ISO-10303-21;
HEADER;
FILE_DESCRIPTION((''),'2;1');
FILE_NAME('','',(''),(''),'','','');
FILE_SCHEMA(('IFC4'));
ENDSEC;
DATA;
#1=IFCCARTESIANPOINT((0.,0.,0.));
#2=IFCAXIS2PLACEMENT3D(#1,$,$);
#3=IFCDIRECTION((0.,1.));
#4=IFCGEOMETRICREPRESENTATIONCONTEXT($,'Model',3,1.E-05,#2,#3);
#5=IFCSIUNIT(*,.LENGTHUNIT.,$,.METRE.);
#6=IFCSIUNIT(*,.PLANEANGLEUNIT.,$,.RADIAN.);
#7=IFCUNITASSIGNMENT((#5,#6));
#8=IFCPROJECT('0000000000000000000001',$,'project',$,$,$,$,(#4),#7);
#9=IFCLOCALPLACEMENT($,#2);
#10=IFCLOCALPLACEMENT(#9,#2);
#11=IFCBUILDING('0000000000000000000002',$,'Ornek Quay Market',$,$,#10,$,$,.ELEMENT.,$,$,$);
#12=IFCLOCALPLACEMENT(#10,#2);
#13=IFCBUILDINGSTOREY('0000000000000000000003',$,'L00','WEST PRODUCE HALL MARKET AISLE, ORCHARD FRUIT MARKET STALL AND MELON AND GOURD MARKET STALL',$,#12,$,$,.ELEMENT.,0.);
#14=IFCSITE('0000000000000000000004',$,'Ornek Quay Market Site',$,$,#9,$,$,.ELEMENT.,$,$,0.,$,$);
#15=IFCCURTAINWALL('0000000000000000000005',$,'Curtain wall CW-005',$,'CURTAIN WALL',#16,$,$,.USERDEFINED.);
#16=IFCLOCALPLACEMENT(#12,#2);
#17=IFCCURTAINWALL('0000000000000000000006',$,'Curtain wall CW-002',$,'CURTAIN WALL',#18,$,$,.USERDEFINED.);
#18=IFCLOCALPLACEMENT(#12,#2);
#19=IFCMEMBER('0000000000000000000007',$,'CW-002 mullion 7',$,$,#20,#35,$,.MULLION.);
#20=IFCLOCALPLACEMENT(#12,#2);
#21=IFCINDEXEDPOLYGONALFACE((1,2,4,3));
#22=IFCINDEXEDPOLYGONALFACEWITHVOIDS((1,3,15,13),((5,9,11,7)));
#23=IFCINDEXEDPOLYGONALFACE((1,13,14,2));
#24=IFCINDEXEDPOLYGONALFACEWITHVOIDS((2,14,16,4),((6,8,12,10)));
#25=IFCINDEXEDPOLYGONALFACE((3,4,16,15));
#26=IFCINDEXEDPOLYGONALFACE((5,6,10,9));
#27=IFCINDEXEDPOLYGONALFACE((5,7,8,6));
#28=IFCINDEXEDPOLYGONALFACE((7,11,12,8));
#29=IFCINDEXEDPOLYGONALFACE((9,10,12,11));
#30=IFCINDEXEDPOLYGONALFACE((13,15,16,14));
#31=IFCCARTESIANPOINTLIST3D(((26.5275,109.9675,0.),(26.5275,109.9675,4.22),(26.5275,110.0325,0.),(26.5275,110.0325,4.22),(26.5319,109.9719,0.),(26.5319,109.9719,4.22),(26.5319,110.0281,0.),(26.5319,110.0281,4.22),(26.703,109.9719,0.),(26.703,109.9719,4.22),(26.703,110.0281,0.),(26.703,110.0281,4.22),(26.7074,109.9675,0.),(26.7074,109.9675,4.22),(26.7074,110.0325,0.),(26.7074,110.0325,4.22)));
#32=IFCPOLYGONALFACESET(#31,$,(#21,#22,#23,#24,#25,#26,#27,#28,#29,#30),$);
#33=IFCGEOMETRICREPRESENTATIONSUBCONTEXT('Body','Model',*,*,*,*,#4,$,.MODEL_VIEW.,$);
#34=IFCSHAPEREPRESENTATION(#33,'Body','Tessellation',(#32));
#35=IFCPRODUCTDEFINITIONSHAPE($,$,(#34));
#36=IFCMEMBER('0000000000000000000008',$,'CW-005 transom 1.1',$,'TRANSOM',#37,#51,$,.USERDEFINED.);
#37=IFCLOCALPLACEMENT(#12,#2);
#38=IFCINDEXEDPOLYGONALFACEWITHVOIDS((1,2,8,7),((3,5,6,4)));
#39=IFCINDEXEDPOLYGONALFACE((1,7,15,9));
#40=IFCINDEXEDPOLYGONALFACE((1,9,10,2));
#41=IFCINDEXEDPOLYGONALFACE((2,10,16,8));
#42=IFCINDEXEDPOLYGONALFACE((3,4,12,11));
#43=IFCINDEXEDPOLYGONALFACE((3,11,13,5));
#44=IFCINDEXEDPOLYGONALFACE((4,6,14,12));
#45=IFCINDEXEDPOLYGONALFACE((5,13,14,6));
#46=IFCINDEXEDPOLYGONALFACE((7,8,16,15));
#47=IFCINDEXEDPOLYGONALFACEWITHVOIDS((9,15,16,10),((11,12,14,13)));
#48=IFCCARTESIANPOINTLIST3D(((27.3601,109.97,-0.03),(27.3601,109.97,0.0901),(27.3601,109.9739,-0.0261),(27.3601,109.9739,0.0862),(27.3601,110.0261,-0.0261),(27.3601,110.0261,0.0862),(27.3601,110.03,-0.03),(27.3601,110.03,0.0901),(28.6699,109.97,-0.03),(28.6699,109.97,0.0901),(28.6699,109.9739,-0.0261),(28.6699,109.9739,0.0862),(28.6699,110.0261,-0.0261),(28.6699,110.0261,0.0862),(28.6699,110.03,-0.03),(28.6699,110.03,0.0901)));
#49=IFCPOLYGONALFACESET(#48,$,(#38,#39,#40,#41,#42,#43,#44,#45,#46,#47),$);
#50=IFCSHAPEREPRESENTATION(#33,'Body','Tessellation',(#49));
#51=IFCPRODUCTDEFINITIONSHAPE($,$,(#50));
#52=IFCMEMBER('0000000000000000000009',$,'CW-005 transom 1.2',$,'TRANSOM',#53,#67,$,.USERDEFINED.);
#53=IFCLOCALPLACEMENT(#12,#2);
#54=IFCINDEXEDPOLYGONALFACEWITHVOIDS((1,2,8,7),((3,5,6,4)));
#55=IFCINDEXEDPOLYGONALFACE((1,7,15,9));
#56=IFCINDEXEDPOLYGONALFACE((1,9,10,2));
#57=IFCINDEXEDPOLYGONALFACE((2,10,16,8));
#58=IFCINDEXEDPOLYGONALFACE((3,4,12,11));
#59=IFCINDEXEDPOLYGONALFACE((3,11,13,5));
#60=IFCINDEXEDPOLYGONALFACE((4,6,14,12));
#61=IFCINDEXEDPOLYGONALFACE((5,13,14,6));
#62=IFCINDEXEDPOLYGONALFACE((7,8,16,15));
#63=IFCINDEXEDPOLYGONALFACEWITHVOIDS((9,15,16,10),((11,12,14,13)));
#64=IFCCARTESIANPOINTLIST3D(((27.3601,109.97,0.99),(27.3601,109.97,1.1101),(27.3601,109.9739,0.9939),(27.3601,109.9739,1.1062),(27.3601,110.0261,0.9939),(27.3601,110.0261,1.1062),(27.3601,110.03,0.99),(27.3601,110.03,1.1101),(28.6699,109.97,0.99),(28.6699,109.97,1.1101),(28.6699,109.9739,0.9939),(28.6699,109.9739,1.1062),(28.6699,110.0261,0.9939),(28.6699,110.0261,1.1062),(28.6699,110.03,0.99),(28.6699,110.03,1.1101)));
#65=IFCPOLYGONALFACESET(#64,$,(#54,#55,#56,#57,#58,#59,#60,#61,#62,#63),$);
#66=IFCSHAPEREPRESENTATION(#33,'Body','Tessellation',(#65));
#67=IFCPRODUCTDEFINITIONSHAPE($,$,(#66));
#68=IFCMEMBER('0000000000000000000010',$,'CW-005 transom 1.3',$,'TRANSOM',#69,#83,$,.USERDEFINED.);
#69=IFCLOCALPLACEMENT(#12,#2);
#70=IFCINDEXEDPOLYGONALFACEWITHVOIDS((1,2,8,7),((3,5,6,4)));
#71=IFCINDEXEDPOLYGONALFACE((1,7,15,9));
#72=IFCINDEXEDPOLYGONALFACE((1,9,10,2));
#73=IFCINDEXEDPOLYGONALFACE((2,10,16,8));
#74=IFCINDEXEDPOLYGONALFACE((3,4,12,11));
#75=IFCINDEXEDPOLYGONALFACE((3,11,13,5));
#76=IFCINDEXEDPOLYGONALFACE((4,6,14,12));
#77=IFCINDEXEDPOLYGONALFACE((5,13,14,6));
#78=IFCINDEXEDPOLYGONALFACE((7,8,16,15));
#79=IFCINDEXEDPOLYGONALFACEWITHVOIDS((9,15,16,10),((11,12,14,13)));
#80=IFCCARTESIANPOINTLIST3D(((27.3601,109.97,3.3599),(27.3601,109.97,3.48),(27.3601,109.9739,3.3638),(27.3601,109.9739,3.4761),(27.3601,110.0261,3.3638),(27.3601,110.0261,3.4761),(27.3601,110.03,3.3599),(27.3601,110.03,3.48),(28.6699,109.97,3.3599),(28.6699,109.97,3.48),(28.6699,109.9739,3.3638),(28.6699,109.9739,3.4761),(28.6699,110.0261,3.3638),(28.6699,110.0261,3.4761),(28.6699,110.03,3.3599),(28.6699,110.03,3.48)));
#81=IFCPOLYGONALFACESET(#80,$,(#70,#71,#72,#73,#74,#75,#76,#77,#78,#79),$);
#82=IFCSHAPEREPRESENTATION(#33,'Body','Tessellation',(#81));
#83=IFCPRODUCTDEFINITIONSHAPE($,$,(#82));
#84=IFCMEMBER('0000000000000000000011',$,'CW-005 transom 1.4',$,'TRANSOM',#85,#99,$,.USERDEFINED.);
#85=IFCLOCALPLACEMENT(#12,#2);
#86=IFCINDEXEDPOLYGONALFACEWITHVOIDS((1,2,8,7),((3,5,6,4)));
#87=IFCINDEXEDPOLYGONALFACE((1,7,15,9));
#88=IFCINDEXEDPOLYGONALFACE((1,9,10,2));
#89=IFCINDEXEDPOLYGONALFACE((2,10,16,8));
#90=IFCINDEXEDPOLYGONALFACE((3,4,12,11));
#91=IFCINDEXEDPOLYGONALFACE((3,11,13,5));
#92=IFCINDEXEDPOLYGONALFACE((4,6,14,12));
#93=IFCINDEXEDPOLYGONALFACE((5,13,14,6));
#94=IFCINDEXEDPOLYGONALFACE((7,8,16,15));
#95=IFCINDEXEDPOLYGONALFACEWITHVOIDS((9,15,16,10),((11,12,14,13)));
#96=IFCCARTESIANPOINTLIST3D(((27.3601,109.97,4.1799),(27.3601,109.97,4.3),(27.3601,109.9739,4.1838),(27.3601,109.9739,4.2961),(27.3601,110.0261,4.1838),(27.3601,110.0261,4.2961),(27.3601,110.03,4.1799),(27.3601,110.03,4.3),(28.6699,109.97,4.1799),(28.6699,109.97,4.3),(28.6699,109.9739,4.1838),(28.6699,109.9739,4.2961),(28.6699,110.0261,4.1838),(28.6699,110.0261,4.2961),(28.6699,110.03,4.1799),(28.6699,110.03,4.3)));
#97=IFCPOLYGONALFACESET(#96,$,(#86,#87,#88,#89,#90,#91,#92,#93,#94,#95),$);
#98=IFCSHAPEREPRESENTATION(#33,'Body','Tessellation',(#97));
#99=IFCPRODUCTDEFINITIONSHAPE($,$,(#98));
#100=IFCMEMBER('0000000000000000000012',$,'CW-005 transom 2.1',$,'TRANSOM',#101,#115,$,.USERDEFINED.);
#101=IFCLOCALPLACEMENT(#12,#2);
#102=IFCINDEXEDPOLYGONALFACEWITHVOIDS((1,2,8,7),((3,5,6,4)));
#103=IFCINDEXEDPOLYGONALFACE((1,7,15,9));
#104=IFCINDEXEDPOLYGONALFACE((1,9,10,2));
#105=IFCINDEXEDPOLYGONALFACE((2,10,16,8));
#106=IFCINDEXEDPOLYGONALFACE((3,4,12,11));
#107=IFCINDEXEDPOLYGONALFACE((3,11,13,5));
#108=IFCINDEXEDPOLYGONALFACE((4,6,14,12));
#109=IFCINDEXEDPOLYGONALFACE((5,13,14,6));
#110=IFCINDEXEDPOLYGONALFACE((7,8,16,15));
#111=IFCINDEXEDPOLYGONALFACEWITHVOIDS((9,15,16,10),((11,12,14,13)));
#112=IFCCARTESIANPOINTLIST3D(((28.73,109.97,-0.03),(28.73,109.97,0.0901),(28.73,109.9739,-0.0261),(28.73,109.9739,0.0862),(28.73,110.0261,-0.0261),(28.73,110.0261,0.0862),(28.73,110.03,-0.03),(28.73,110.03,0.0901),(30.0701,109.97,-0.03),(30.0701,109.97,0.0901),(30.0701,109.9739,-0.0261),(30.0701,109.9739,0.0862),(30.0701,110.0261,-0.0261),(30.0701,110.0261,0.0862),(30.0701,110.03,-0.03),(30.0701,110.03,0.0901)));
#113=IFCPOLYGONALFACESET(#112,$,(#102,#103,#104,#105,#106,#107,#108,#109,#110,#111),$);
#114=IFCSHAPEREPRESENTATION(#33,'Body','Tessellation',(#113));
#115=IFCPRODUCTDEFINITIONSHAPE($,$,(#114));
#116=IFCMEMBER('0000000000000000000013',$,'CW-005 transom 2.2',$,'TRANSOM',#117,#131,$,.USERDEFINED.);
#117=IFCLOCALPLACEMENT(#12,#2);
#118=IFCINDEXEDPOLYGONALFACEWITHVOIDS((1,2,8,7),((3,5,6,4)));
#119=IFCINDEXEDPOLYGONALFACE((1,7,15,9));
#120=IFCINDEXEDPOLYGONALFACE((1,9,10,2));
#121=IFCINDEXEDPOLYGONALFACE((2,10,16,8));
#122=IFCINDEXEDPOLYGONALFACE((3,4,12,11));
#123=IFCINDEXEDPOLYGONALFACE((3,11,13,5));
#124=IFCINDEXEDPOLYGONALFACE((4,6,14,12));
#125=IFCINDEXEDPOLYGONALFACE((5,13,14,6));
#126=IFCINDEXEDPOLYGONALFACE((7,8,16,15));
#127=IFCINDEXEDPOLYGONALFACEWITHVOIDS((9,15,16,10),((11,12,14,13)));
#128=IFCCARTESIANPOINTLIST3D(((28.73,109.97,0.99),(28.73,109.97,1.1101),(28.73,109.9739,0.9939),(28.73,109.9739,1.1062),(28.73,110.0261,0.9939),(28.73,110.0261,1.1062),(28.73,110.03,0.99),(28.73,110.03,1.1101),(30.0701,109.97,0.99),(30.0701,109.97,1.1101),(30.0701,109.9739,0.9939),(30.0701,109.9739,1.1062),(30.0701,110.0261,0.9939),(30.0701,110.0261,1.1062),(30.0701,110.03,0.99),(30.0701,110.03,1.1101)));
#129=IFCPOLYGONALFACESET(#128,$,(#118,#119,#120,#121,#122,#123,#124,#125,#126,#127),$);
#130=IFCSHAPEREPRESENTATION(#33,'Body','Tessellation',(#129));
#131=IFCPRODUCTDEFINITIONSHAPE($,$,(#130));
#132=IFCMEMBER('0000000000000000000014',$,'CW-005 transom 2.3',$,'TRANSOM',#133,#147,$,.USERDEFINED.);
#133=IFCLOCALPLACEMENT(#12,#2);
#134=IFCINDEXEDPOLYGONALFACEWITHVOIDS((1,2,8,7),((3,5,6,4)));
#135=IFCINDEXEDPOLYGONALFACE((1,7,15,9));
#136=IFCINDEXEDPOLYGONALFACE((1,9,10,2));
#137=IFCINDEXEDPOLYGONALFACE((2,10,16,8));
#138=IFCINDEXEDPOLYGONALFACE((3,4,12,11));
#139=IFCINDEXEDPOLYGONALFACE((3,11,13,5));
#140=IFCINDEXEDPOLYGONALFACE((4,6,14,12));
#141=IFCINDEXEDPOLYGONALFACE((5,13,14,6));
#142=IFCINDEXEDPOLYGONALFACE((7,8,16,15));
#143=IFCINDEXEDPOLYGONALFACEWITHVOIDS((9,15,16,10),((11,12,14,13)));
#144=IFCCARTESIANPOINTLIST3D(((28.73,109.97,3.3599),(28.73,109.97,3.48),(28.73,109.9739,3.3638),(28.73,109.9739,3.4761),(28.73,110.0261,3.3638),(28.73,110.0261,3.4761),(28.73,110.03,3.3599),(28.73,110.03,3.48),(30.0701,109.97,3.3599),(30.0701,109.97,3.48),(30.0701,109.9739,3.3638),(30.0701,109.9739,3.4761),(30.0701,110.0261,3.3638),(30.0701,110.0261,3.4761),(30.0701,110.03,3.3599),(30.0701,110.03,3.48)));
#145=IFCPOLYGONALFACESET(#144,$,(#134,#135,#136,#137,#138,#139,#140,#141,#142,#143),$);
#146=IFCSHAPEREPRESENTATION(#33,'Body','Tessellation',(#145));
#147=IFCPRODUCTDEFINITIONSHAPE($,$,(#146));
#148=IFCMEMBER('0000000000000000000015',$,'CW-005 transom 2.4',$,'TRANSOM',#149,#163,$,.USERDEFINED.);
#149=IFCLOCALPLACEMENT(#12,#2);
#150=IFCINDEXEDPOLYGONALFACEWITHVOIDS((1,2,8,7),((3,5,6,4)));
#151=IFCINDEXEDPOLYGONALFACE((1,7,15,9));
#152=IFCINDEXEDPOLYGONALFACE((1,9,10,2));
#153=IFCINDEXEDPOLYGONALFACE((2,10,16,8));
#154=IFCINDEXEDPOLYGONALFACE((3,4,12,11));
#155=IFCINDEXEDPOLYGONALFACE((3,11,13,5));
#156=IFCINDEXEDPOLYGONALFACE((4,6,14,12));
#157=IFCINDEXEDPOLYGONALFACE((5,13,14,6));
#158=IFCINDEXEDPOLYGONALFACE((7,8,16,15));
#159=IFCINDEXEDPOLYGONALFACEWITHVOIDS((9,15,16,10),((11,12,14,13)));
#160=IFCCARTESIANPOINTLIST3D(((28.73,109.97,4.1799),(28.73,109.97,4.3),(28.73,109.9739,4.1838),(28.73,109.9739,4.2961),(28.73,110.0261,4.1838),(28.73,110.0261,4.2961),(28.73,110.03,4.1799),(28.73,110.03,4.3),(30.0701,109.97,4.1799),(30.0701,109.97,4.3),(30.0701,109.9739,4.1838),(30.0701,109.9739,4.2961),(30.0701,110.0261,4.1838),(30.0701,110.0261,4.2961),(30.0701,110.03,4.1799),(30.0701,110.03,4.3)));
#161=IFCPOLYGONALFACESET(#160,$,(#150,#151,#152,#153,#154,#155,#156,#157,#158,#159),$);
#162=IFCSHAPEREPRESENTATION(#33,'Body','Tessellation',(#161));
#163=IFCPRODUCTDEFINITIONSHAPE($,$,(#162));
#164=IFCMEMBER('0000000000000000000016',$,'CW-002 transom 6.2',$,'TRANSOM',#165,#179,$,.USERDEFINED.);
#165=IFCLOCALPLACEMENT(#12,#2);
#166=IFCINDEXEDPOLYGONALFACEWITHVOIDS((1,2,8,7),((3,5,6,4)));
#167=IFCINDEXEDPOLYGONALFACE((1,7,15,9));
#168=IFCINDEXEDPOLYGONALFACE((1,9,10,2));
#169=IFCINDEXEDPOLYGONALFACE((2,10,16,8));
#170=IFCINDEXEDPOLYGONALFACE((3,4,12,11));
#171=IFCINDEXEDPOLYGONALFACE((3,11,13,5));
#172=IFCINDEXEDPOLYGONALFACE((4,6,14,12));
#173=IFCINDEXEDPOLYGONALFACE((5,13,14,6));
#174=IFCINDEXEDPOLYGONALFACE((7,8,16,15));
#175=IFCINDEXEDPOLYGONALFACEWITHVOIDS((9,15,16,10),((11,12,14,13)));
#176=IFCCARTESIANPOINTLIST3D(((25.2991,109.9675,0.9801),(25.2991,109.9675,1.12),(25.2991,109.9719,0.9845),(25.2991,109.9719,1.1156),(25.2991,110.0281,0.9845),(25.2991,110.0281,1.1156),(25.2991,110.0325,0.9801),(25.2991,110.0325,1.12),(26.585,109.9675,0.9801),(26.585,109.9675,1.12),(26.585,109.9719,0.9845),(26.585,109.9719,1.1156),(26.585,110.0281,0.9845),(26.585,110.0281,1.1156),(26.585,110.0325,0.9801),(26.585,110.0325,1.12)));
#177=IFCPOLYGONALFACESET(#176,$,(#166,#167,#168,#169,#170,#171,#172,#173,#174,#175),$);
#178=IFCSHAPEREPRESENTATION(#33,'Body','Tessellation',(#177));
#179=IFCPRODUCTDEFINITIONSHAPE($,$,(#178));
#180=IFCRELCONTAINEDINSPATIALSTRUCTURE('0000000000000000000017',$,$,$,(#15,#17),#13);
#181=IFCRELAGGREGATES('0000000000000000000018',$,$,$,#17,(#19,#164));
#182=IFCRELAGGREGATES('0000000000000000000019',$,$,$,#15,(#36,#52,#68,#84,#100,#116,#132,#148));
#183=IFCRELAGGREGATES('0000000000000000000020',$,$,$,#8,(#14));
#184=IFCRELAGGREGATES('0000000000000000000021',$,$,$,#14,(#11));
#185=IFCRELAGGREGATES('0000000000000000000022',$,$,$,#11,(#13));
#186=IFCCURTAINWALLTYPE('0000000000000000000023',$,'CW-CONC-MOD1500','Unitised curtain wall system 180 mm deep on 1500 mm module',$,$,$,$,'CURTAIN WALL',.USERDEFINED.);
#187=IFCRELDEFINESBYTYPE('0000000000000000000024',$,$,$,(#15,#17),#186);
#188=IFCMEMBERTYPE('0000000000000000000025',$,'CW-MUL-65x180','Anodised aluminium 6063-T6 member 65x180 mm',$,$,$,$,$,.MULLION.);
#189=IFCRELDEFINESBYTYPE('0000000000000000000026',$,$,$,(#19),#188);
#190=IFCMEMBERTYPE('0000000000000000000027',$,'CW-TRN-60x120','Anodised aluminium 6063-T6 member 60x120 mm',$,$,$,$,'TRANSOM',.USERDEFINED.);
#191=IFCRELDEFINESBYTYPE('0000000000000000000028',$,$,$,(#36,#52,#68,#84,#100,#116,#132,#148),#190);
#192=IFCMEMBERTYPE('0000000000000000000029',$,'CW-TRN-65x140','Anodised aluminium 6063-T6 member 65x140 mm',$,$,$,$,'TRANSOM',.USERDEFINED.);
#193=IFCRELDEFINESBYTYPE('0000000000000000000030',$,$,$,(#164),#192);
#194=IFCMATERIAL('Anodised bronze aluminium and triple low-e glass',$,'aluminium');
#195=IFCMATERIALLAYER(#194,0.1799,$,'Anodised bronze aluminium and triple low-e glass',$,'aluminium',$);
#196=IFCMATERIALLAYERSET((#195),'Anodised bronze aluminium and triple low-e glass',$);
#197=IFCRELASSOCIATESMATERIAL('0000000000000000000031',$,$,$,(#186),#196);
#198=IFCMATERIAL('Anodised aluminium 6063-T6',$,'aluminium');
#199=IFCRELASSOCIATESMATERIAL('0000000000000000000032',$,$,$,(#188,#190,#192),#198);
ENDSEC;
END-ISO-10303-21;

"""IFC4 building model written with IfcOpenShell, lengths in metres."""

from ifc_helpers import new_model, si_unit, direction, frame, origin, origin_2d, place, context, subcontext, project, spatial, hollow_rectangle, extrude, material, layer, layer_set, material_profile, profile_set, type_object, element, aggregate, save


model = new_model("IFC4")

# Units and contexts
model_context = context("Model", 3, precision=1e-05, world=origin(), true_north=direction((0.0, 1.0)))
body_context = subcontext(model_context, "Body", "Model", "MODEL_VIEW")
ifc_project = project(units=[si_unit("LENGTHUNIT", "METRE"), si_unit("PLANEANGLEUNIT", "RADIAN")], contexts=[model_context])

# Site, building, storey
site_placement = place(None, origin())
site = spatial("IfcSite", under=ifc_project, at=site_placement, Name="Ornek Quay Market Site", CompositionType="ELEMENT", RefElevation=0.0)
building_placement = place(site_placement, origin())
building = spatial("IfcBuilding", under=site, at=building_placement, Name="Ornek Quay Market", CompositionType="ELEMENT")
storey_placement = place(building_placement, origin())
storey = spatial("IfcBuildingStorey", under=building, at=storey_placement, Name="L00", Description="WEST PRODUCE HALL MARKET AISLE, ORCHARD FRUIT MARKET STALL AND MELON AND GOURD MARKET STALL", CompositionType="ELEMENT", Elevation=0.0)

# Curtain wall
ifc_material_1 = material(Name="Anodised bronze aluminium and triple low-e glass", Category="aluminium")
ifc_layer_1 = layer(ifc_material_1, 0.1799, Name="Anodised bronze aluminium and triple low-e glass", Category="aluminium")
ifc_layer_set_1 = layer_set([ifc_layer_1], Name="Anodised bronze aluminium and triple low-e glass")
curtain_wall_type = type_object("IfcCurtainWallType", Name="CW-CONC-MOD1500", Description="Unitised curtain wall system 180 mm deep on 1500 mm module", ElementType="CURTAIN WALL", PredefinedType="USERDEFINED", material=ifc_layer_set_1)
curtain_wall_1_placement = place(storey_placement, origin())
curtain_wall_1 = element("IfcCurtainWall", 1, at=curtain_wall_1_placement, inside=storey, type_object=curtain_wall_type, Name="Curtain wall CW-005", ObjectType="CURTAIN WALL", PredefinedType="USERDEFINED")
ifc_material_2 = material(Name="Anodised aluminium 6063-T6", Category="aluminium")

# Curtain wall, member
curtain_wall_2_placement = place(storey_placement, origin())
curtain_wall_2 = element("IfcCurtainWall", 2, at=curtain_wall_2_placement, inside=storey, type_object=curtain_wall_type, Name="Curtain wall CW-002", ObjectType="CURTAIN WALL", PredefinedType="USERDEFINED")
ifc_material_profile_1 = material_profile(ifc_material_2, hollow_rectangle(XDim=0.0649, YDim=0.1799, WallThickness=0.0044, at=origin_2d()), Name="CW-MUL-65x180", Category="aluminium")
ifc_profile_set_1 = profile_set([ifc_material_profile_1], Name="Anodised aluminium 6063-T6")
member_type_1 = type_object("IfcMemberType", Name="CW-MUL-65x180", Description="Anodised aluminium 6063-T6 member 65x180 mm", PredefinedType="MULLION", material=ifc_profile_set_1)
member_1_placement = place(storey_placement, frame((26.6174, 110.0, 0.0), z_axis=(0.0, 0.0, 1.0), x_axis=(0.0, 1.0, 0.0)))
member_1 = element("IfcMember", 3, at=member_1_placement, type_object=member_type_1, Name="CW-002 mullion 7", PredefinedType="MULLION", context=body_context, shape_type="SweptSolid", body=[
    extrude(hollow_rectangle(XDim=0.0649, YDim=0.1799, WallThickness=0.0044, at=origin_2d()), origin(), (0.0, 0.0, 1.0), 4.22),
])

# Members
ifc_material_profile_2 = material_profile(ifc_material_2, hollow_rectangle(XDim=0.0601, YDim=0.1201, WallThickness=0.0039, at=origin_2d()), Name="CW-TRN-60x120", Category="aluminium")
ifc_profile_set_2 = profile_set([ifc_material_profile_2], Name="Anodised aluminium 6063-T6")
member_type_2 = type_object("IfcMemberType", Name="CW-TRN-60x120", Description="Anodised aluminium 6063-T6 member 60x120 mm", ElementType="TRANSOM", PredefinedType="USERDEFINED", material=ifc_profile_set_2)
member_2_placement = place(storey_placement, frame((27.3601, 110.0, 0.03), z_axis=(1.0, 0.0, 0.0), x_axis=(0.0, 1.0, 0.0)))
member_2 = element("IfcMember", 4, at=member_2_placement, type_object=member_type_2, Name="CW-005 transom 1.1", ObjectType="TRANSOM", PredefinedType="USERDEFINED", context=body_context, shape_type="SweptSolid", body=[
    extrude(hollow_rectangle(XDim=0.0601, YDim=0.1201, WallThickness=0.0039, at=origin_2d()), origin(), (0.0, 0.0, 1.0), 1.3098),
])
member_3_placement = place(storey_placement, frame((27.3601, 110.0, 1.05), z_axis=(1.0, 0.0, 0.0), x_axis=(0.0, 1.0, 0.0)))
member_3 = element("IfcMember", 5, at=member_3_placement, type_object=member_type_2, Name="CW-005 transom 1.2", ObjectType="TRANSOM", PredefinedType="USERDEFINED", context=body_context, shape_type="SweptSolid", body=[
    extrude(hollow_rectangle(XDim=0.0601, YDim=0.1201, WallThickness=0.0039, at=origin_2d()), origin(), (0.0, 0.0, 1.0), 1.3098),
])
member_4_placement = place(storey_placement, frame((27.3601, 110.0, 3.4199), z_axis=(1.0, 0.0, 0.0), x_axis=(0.0, 1.0, 0.0)))
member_4 = element("IfcMember", 6, at=member_4_placement, type_object=member_type_2, Name="CW-005 transom 1.3", ObjectType="TRANSOM", PredefinedType="USERDEFINED", context=body_context, shape_type="SweptSolid", body=[
    extrude(hollow_rectangle(XDim=0.0601, YDim=0.1201, WallThickness=0.0039, at=origin_2d()), origin(), (0.0, 0.0, 1.0), 1.3098),
])
member_5_placement = place(storey_placement, frame((27.3601, 110.0, 4.24), z_axis=(1.0, 0.0, 0.0), x_axis=(0.0, 1.0, 0.0)))
member_5 = element("IfcMember", 7, at=member_5_placement, type_object=member_type_2, Name="CW-005 transom 1.4", ObjectType="TRANSOM", PredefinedType="USERDEFINED", context=body_context, shape_type="SweptSolid", body=[
    extrude(hollow_rectangle(XDim=0.0601, YDim=0.1201, WallThickness=0.0039, at=origin_2d()), origin(), (0.0, 0.0, 1.0), 1.3098),
])
member_6_placement = place(storey_placement, frame((28.73, 110.0, 0.03), z_axis=(1.0, 0.0, 0.0), x_axis=(0.0, 1.0, 0.0)))
member_6 = element("IfcMember", 8, at=member_6_placement, type_object=member_type_2, Name="CW-005 transom 2.1", ObjectType="TRANSOM", PredefinedType="USERDEFINED", context=body_context, shape_type="SweptSolid", body=[
    extrude(hollow_rectangle(XDim=0.0601, YDim=0.1201, WallThickness=0.0039, at=origin_2d()), origin(), (0.0, 0.0, 1.0), 1.3401),
])
member_7_placement = place(storey_placement, frame((28.73, 110.0, 1.05), z_axis=(1.0, 0.0, 0.0), x_axis=(0.0, 1.0, 0.0)))
member_7 = element("IfcMember", 9, at=member_7_placement, type_object=member_type_2, Name="CW-005 transom 2.2", ObjectType="TRANSOM", PredefinedType="USERDEFINED", context=body_context, shape_type="SweptSolid", body=[
    extrude(hollow_rectangle(XDim=0.0601, YDim=0.1201, WallThickness=0.0039, at=origin_2d()), origin(), (0.0, 0.0, 1.0), 1.3401),
])
member_8_placement = place(storey_placement, frame((28.73, 110.0, 3.4199), z_axis=(1.0, 0.0, 0.0), x_axis=(0.0, 1.0, 0.0)))
member_8 = element("IfcMember", 10, at=member_8_placement, type_object=member_type_2, Name="CW-005 transom 2.3", ObjectType="TRANSOM", PredefinedType="USERDEFINED", context=body_context, shape_type="SweptSolid", body=[
    extrude(hollow_rectangle(XDim=0.0601, YDim=0.1201, WallThickness=0.0039, at=origin_2d()), origin(), (0.0, 0.0, 1.0), 1.3401),
])
member_9_placement = place(storey_placement, frame((28.73, 110.0, 4.24), z_axis=(1.0, 0.0, 0.0), x_axis=(0.0, 1.0, 0.0)))
member_9 = element("IfcMember", 11, at=member_9_placement, type_object=member_type_2, Name="CW-005 transom 2.4", ObjectType="TRANSOM", PredefinedType="USERDEFINED", context=body_context, shape_type="SweptSolid", body=[
    extrude(hollow_rectangle(XDim=0.0601, YDim=0.1201, WallThickness=0.0039, at=origin_2d()), origin(), (0.0, 0.0, 1.0), 1.3401),
])
ifc_material_profile_3 = material_profile(ifc_material_2, hollow_rectangle(XDim=0.0649, YDim=0.1399, WallThickness=0.0044, at=origin_2d()), Name="CW-TRN-65x140", Category="aluminium")
ifc_profile_set_3 = profile_set([ifc_material_profile_3], Name="Anodised aluminium 6063-T6")
member_type_3 = type_object("IfcMemberType", Name="CW-TRN-65x140", Description="Anodised aluminium 6063-T6 member 65x140 mm", ElementType="TRANSOM", PredefinedType="USERDEFINED", material=ifc_profile_set_3)
member_10_placement = place(storey_placement, frame((25.2991, 110.0, 1.05), z_axis=(1.0, 0.0, 0.0), x_axis=(0.0, 1.0, 0.0)))
member_10 = element("IfcMember", 12, at=member_10_placement, type_object=member_type_3, Name="CW-002 transom 6.2", ObjectType="TRANSOM", PredefinedType="USERDEFINED", context=body_context, shape_type="SweptSolid", body=[
    extrude(hollow_rectangle(XDim=0.0649, YDim=0.1399, WallThickness=0.0044, at=origin_2d()), origin(), (0.0, 0.0, 1.0), 1.2859),
])

aggregate(curtain_wall_2, [member_1, member_10])
aggregate(curtain_wall_1, [member_2, member_3, member_4, member_5, member_6, member_7, member_8, member_9])

save(model, "model.ifc")
